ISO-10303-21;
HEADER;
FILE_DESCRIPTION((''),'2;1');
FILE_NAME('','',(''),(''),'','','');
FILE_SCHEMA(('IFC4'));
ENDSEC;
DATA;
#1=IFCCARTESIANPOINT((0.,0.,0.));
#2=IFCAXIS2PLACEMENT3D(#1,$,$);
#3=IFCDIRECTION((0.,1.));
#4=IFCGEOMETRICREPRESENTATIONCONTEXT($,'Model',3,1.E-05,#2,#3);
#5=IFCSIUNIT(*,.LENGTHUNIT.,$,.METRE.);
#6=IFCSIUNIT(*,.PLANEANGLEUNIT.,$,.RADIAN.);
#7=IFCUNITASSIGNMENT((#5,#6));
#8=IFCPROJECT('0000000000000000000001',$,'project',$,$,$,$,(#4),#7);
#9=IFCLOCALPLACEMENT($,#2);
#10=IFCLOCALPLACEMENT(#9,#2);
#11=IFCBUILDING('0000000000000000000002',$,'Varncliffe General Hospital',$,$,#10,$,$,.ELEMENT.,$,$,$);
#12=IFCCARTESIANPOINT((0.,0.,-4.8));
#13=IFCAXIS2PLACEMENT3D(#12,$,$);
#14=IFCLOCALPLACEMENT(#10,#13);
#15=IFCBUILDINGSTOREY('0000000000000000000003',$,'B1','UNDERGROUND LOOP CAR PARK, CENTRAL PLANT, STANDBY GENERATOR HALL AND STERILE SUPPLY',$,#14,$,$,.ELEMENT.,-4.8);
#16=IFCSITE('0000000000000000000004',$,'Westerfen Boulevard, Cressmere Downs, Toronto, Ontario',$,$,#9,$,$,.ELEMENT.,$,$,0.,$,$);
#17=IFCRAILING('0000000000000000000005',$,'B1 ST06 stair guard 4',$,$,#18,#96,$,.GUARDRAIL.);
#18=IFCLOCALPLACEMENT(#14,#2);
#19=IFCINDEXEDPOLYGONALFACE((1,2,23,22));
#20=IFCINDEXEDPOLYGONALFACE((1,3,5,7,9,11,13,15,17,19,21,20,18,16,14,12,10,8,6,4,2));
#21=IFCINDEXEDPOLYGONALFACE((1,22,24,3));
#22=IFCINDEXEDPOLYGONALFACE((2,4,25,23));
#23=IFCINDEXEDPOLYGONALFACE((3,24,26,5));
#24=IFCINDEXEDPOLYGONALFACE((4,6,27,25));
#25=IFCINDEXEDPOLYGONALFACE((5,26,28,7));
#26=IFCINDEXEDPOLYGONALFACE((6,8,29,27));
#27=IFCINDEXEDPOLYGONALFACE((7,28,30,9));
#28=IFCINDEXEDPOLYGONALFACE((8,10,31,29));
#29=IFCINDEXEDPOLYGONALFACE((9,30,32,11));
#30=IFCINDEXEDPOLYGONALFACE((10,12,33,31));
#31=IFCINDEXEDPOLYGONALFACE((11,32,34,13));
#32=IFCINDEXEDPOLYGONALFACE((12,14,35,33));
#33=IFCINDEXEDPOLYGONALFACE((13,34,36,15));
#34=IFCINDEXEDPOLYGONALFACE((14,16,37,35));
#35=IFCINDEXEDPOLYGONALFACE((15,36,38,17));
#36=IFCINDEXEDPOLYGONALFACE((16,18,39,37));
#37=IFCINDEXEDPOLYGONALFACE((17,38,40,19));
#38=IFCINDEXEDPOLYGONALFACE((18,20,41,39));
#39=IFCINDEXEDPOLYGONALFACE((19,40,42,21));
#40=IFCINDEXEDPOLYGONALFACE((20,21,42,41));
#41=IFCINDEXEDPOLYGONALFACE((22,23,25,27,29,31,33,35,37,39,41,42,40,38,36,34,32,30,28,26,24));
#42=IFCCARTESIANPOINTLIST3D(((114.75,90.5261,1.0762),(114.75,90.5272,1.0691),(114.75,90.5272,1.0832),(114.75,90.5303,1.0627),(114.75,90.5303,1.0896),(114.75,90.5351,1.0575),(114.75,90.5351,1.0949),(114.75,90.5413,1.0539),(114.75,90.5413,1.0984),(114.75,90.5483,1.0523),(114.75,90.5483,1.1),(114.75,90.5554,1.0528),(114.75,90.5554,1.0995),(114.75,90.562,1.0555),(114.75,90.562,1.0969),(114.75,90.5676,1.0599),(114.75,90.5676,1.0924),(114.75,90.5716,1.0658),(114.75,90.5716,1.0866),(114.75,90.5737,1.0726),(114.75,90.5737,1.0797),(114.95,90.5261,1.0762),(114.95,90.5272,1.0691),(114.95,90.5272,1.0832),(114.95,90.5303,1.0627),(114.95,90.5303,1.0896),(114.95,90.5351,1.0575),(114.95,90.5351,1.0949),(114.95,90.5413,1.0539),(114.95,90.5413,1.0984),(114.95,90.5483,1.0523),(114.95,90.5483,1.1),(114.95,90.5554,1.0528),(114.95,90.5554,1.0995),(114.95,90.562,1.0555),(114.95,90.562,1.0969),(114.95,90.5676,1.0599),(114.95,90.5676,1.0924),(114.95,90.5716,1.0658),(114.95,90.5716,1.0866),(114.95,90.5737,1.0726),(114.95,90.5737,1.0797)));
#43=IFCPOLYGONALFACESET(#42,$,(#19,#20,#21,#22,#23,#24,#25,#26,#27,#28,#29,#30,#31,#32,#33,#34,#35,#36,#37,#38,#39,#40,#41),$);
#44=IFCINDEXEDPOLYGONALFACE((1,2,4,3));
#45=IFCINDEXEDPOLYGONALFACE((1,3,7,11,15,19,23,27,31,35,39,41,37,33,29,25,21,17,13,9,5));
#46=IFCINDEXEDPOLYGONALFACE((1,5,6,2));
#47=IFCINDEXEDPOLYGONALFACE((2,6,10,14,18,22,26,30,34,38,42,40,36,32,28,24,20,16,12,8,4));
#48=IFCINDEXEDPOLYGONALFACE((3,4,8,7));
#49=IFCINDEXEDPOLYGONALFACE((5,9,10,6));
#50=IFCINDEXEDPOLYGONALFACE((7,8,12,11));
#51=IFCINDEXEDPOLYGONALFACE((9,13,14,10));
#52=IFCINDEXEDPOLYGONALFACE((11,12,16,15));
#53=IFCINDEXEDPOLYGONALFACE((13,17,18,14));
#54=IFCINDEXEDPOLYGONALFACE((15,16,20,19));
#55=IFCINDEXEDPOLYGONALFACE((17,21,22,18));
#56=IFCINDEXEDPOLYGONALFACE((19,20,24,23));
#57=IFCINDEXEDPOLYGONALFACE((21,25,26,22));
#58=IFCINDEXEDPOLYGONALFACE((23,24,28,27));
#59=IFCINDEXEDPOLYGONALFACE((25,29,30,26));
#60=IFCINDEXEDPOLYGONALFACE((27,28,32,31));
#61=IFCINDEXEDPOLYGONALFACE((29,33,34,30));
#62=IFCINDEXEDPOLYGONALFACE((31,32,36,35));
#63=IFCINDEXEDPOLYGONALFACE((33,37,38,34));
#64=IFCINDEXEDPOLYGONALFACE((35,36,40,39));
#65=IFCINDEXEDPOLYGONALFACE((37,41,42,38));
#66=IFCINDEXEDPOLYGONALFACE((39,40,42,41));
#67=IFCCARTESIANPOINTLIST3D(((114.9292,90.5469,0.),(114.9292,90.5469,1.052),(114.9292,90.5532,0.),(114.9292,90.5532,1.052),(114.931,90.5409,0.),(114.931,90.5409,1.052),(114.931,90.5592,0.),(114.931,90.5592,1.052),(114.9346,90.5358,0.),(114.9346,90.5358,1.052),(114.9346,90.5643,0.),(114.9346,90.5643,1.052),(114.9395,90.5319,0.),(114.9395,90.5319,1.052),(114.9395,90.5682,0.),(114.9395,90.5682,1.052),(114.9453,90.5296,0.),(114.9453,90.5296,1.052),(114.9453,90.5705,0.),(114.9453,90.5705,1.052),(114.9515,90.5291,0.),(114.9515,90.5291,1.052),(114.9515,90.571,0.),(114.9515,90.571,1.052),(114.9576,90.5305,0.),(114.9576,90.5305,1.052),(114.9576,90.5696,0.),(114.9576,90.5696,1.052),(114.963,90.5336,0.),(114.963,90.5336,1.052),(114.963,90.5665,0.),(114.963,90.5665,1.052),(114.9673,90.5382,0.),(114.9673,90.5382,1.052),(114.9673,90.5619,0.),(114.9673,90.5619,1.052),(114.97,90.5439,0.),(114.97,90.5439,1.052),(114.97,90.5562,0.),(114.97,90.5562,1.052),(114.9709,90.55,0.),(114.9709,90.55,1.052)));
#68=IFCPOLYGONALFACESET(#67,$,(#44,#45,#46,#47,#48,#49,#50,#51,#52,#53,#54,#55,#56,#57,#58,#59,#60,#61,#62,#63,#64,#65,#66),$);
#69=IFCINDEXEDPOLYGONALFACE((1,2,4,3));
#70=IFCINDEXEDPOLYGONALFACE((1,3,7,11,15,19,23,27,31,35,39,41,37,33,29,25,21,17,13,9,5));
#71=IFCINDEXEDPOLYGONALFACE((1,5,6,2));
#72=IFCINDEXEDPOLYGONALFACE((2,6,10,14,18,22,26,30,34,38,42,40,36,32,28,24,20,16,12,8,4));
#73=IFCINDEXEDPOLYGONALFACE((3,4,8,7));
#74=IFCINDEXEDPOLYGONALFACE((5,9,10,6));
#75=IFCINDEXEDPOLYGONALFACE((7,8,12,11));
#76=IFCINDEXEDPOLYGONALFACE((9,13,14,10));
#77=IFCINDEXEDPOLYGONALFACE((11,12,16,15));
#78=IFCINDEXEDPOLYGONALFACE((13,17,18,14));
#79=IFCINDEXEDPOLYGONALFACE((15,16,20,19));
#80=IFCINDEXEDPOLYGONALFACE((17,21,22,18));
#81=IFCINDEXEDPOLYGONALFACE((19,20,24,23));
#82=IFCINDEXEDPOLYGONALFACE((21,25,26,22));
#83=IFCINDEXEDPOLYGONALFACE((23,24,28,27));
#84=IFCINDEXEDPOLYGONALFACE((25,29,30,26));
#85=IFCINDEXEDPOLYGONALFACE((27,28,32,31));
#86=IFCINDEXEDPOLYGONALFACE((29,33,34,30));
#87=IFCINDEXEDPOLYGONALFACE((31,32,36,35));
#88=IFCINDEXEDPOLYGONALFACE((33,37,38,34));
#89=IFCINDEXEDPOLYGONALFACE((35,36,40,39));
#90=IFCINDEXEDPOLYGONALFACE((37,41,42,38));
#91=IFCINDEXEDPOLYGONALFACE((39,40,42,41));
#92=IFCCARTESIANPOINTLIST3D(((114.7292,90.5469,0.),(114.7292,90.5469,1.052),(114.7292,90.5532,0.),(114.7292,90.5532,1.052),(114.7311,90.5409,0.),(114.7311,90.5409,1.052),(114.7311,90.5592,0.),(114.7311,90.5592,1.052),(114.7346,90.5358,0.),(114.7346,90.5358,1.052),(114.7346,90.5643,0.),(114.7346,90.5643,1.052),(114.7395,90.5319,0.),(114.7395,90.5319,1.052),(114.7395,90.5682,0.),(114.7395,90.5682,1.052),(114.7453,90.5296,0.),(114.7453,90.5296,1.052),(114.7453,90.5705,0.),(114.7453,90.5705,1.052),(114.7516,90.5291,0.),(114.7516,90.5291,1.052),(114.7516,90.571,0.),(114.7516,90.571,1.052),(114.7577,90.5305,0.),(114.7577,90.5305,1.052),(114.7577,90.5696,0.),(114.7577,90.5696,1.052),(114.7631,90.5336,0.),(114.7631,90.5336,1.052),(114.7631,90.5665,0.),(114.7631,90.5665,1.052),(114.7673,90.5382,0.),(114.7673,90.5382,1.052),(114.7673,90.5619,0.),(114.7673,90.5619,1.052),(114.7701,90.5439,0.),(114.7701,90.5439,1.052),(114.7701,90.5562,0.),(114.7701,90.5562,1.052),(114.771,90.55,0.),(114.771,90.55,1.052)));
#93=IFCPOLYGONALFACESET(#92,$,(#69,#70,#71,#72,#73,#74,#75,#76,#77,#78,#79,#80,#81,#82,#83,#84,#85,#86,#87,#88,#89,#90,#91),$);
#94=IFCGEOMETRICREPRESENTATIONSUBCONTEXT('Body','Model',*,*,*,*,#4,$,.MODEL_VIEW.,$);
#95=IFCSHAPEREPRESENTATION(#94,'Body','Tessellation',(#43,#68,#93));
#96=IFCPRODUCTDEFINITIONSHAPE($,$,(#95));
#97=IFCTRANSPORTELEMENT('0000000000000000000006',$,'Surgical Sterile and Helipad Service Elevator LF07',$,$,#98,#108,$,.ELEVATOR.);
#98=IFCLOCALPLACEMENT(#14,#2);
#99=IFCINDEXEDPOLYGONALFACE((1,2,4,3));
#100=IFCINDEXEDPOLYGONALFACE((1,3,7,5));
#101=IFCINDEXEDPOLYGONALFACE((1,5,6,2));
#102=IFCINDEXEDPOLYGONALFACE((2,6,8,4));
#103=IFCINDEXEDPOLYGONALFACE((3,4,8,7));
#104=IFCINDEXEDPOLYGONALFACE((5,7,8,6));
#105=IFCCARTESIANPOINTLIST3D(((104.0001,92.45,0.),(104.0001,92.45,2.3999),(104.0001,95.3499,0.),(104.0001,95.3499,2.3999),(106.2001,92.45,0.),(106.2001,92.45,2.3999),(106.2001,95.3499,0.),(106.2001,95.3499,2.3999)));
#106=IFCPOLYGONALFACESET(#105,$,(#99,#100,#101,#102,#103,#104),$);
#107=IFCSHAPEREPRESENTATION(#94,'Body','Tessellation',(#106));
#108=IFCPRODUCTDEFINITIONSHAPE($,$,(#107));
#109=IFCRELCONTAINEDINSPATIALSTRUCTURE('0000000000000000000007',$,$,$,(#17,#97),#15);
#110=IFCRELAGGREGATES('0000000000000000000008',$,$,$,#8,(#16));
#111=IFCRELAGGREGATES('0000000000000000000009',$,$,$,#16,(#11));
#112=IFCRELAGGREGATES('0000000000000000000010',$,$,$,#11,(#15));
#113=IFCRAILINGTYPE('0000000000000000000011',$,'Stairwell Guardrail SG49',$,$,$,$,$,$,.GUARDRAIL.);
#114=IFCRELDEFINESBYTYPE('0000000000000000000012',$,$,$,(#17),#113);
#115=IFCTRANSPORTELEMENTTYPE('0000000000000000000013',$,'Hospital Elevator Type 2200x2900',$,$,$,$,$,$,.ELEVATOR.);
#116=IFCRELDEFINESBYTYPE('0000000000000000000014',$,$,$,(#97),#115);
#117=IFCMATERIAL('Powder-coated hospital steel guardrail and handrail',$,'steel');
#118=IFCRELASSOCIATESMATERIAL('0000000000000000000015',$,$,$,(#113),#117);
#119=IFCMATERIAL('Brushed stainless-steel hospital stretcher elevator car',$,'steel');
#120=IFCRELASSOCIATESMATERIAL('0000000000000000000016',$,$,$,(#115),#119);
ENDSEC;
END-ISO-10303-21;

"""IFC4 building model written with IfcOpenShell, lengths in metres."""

from ifc_helpers import new_model, si_unit, direction, frame, origin, origin_2d, place, context, subcontext, project, spatial, rectangle, circle, extrude, material, type_object, element, save


model = new_model("IFC4")

# Units and contexts
model_context = context("Model", 3, precision=1e-05, world=origin(), true_north=direction((0.0, 1.0)))
body_context = subcontext(model_context, "Body", "Model", "MODEL_VIEW")
ifc_project = project(units=[si_unit("LENGTHUNIT", "METRE"), si_unit("PLANEANGLEUNIT", "RADIAN")], contexts=[model_context])

# Site, building, storey
site_placement = place(None, origin())
site = spatial("IfcSite", under=ifc_project, at=site_placement, Name="Westerfen Boulevard, Cressmere Downs, Toronto, Ontario", CompositionType="ELEMENT", RefElevation=0.0)
building_placement = place(site_placement, origin())
building = spatial("IfcBuilding", under=site, at=building_placement, Name="Varncliffe General Hospital", CompositionType="ELEMENT")
storey_placement = place(building_placement, frame((0.0, 0.0, -4.8)))
storey = spatial("IfcBuildingStorey", under=building, at=storey_placement, Name="B1", Description="UNDERGROUND LOOP CAR PARK, CENTRAL PLANT, STANDBY GENERATOR HALL AND STERILE SUPPLY", CompositionType="ELEMENT", Elevation=-4.8)

# Railing
ifc_material_1 = material(Name="Powder-coated hospital steel guardrail and handrail", Category="steel")
railing_type_1 = type_object("IfcRailingType", Name="Stairwell Guardrail SG49", PredefinedType="GUARDRAIL", material=ifc_material_1)
railing_1_placement = place(storey_placement, frame((114.95, 90.55, 0.0)))
element("IfcRailing", 1, at=railing_1_placement, inside=storey, type_object=railing_type_1, Name="B1 ST06 stair guard 4", PredefinedType="GUARDRAIL", context=body_context, shape_type="SweptSolid", body=[
    extrude(circle(Radius=0.0239, at=origin_2d()), frame((0.0, 0.0, 1.0762), z_axis=(-1.0, 0.0, 0.0), x_axis=(0.0, -1.0, 0.0)), (0.0, 0.0, 1.0), 0.2),
    extrude(circle(Radius=0.021, at=origin_2d()), origin(), (0.0, 0.0, 1.0), 1.052),
    extrude(circle(Radius=0.021, at=origin_2d()), frame((-0.2, 0.0, 0.0)), (0.0, 0.0, 1.0), 1.052),
])

# Transport element
ifc_material_2 = material(Name="Brushed stainless-steel hospital stretcher elevator car", Category="steel")
transport_element_type = type_object("IfcTransportElementType", Name="Hospital Elevator Type 2200x2900", PredefinedType="ELEVATOR", material=ifc_material_2)
transport_element_placement = place(storey_placement, frame((105.1001, 93.8999, 0.0), z_axis=(0.0, 0.0, 1.0), x_axis=(1.0, 0.0, 0.0)))
element("IfcTransportElement", 2, at=transport_element_placement, inside=storey, type_object=transport_element_type, Name="Surgical Sterile and Helipad Service Elevator LF07", PredefinedType="ELEVATOR", context=body_context, shape_type="SweptSolid", body=[
    extrude(rectangle(XDim=2.2, YDim=2.8999, at=origin_2d()), origin(), (0.0, 0.0, 1.0), 2.3999),
])

save(model, "model.ifc")
